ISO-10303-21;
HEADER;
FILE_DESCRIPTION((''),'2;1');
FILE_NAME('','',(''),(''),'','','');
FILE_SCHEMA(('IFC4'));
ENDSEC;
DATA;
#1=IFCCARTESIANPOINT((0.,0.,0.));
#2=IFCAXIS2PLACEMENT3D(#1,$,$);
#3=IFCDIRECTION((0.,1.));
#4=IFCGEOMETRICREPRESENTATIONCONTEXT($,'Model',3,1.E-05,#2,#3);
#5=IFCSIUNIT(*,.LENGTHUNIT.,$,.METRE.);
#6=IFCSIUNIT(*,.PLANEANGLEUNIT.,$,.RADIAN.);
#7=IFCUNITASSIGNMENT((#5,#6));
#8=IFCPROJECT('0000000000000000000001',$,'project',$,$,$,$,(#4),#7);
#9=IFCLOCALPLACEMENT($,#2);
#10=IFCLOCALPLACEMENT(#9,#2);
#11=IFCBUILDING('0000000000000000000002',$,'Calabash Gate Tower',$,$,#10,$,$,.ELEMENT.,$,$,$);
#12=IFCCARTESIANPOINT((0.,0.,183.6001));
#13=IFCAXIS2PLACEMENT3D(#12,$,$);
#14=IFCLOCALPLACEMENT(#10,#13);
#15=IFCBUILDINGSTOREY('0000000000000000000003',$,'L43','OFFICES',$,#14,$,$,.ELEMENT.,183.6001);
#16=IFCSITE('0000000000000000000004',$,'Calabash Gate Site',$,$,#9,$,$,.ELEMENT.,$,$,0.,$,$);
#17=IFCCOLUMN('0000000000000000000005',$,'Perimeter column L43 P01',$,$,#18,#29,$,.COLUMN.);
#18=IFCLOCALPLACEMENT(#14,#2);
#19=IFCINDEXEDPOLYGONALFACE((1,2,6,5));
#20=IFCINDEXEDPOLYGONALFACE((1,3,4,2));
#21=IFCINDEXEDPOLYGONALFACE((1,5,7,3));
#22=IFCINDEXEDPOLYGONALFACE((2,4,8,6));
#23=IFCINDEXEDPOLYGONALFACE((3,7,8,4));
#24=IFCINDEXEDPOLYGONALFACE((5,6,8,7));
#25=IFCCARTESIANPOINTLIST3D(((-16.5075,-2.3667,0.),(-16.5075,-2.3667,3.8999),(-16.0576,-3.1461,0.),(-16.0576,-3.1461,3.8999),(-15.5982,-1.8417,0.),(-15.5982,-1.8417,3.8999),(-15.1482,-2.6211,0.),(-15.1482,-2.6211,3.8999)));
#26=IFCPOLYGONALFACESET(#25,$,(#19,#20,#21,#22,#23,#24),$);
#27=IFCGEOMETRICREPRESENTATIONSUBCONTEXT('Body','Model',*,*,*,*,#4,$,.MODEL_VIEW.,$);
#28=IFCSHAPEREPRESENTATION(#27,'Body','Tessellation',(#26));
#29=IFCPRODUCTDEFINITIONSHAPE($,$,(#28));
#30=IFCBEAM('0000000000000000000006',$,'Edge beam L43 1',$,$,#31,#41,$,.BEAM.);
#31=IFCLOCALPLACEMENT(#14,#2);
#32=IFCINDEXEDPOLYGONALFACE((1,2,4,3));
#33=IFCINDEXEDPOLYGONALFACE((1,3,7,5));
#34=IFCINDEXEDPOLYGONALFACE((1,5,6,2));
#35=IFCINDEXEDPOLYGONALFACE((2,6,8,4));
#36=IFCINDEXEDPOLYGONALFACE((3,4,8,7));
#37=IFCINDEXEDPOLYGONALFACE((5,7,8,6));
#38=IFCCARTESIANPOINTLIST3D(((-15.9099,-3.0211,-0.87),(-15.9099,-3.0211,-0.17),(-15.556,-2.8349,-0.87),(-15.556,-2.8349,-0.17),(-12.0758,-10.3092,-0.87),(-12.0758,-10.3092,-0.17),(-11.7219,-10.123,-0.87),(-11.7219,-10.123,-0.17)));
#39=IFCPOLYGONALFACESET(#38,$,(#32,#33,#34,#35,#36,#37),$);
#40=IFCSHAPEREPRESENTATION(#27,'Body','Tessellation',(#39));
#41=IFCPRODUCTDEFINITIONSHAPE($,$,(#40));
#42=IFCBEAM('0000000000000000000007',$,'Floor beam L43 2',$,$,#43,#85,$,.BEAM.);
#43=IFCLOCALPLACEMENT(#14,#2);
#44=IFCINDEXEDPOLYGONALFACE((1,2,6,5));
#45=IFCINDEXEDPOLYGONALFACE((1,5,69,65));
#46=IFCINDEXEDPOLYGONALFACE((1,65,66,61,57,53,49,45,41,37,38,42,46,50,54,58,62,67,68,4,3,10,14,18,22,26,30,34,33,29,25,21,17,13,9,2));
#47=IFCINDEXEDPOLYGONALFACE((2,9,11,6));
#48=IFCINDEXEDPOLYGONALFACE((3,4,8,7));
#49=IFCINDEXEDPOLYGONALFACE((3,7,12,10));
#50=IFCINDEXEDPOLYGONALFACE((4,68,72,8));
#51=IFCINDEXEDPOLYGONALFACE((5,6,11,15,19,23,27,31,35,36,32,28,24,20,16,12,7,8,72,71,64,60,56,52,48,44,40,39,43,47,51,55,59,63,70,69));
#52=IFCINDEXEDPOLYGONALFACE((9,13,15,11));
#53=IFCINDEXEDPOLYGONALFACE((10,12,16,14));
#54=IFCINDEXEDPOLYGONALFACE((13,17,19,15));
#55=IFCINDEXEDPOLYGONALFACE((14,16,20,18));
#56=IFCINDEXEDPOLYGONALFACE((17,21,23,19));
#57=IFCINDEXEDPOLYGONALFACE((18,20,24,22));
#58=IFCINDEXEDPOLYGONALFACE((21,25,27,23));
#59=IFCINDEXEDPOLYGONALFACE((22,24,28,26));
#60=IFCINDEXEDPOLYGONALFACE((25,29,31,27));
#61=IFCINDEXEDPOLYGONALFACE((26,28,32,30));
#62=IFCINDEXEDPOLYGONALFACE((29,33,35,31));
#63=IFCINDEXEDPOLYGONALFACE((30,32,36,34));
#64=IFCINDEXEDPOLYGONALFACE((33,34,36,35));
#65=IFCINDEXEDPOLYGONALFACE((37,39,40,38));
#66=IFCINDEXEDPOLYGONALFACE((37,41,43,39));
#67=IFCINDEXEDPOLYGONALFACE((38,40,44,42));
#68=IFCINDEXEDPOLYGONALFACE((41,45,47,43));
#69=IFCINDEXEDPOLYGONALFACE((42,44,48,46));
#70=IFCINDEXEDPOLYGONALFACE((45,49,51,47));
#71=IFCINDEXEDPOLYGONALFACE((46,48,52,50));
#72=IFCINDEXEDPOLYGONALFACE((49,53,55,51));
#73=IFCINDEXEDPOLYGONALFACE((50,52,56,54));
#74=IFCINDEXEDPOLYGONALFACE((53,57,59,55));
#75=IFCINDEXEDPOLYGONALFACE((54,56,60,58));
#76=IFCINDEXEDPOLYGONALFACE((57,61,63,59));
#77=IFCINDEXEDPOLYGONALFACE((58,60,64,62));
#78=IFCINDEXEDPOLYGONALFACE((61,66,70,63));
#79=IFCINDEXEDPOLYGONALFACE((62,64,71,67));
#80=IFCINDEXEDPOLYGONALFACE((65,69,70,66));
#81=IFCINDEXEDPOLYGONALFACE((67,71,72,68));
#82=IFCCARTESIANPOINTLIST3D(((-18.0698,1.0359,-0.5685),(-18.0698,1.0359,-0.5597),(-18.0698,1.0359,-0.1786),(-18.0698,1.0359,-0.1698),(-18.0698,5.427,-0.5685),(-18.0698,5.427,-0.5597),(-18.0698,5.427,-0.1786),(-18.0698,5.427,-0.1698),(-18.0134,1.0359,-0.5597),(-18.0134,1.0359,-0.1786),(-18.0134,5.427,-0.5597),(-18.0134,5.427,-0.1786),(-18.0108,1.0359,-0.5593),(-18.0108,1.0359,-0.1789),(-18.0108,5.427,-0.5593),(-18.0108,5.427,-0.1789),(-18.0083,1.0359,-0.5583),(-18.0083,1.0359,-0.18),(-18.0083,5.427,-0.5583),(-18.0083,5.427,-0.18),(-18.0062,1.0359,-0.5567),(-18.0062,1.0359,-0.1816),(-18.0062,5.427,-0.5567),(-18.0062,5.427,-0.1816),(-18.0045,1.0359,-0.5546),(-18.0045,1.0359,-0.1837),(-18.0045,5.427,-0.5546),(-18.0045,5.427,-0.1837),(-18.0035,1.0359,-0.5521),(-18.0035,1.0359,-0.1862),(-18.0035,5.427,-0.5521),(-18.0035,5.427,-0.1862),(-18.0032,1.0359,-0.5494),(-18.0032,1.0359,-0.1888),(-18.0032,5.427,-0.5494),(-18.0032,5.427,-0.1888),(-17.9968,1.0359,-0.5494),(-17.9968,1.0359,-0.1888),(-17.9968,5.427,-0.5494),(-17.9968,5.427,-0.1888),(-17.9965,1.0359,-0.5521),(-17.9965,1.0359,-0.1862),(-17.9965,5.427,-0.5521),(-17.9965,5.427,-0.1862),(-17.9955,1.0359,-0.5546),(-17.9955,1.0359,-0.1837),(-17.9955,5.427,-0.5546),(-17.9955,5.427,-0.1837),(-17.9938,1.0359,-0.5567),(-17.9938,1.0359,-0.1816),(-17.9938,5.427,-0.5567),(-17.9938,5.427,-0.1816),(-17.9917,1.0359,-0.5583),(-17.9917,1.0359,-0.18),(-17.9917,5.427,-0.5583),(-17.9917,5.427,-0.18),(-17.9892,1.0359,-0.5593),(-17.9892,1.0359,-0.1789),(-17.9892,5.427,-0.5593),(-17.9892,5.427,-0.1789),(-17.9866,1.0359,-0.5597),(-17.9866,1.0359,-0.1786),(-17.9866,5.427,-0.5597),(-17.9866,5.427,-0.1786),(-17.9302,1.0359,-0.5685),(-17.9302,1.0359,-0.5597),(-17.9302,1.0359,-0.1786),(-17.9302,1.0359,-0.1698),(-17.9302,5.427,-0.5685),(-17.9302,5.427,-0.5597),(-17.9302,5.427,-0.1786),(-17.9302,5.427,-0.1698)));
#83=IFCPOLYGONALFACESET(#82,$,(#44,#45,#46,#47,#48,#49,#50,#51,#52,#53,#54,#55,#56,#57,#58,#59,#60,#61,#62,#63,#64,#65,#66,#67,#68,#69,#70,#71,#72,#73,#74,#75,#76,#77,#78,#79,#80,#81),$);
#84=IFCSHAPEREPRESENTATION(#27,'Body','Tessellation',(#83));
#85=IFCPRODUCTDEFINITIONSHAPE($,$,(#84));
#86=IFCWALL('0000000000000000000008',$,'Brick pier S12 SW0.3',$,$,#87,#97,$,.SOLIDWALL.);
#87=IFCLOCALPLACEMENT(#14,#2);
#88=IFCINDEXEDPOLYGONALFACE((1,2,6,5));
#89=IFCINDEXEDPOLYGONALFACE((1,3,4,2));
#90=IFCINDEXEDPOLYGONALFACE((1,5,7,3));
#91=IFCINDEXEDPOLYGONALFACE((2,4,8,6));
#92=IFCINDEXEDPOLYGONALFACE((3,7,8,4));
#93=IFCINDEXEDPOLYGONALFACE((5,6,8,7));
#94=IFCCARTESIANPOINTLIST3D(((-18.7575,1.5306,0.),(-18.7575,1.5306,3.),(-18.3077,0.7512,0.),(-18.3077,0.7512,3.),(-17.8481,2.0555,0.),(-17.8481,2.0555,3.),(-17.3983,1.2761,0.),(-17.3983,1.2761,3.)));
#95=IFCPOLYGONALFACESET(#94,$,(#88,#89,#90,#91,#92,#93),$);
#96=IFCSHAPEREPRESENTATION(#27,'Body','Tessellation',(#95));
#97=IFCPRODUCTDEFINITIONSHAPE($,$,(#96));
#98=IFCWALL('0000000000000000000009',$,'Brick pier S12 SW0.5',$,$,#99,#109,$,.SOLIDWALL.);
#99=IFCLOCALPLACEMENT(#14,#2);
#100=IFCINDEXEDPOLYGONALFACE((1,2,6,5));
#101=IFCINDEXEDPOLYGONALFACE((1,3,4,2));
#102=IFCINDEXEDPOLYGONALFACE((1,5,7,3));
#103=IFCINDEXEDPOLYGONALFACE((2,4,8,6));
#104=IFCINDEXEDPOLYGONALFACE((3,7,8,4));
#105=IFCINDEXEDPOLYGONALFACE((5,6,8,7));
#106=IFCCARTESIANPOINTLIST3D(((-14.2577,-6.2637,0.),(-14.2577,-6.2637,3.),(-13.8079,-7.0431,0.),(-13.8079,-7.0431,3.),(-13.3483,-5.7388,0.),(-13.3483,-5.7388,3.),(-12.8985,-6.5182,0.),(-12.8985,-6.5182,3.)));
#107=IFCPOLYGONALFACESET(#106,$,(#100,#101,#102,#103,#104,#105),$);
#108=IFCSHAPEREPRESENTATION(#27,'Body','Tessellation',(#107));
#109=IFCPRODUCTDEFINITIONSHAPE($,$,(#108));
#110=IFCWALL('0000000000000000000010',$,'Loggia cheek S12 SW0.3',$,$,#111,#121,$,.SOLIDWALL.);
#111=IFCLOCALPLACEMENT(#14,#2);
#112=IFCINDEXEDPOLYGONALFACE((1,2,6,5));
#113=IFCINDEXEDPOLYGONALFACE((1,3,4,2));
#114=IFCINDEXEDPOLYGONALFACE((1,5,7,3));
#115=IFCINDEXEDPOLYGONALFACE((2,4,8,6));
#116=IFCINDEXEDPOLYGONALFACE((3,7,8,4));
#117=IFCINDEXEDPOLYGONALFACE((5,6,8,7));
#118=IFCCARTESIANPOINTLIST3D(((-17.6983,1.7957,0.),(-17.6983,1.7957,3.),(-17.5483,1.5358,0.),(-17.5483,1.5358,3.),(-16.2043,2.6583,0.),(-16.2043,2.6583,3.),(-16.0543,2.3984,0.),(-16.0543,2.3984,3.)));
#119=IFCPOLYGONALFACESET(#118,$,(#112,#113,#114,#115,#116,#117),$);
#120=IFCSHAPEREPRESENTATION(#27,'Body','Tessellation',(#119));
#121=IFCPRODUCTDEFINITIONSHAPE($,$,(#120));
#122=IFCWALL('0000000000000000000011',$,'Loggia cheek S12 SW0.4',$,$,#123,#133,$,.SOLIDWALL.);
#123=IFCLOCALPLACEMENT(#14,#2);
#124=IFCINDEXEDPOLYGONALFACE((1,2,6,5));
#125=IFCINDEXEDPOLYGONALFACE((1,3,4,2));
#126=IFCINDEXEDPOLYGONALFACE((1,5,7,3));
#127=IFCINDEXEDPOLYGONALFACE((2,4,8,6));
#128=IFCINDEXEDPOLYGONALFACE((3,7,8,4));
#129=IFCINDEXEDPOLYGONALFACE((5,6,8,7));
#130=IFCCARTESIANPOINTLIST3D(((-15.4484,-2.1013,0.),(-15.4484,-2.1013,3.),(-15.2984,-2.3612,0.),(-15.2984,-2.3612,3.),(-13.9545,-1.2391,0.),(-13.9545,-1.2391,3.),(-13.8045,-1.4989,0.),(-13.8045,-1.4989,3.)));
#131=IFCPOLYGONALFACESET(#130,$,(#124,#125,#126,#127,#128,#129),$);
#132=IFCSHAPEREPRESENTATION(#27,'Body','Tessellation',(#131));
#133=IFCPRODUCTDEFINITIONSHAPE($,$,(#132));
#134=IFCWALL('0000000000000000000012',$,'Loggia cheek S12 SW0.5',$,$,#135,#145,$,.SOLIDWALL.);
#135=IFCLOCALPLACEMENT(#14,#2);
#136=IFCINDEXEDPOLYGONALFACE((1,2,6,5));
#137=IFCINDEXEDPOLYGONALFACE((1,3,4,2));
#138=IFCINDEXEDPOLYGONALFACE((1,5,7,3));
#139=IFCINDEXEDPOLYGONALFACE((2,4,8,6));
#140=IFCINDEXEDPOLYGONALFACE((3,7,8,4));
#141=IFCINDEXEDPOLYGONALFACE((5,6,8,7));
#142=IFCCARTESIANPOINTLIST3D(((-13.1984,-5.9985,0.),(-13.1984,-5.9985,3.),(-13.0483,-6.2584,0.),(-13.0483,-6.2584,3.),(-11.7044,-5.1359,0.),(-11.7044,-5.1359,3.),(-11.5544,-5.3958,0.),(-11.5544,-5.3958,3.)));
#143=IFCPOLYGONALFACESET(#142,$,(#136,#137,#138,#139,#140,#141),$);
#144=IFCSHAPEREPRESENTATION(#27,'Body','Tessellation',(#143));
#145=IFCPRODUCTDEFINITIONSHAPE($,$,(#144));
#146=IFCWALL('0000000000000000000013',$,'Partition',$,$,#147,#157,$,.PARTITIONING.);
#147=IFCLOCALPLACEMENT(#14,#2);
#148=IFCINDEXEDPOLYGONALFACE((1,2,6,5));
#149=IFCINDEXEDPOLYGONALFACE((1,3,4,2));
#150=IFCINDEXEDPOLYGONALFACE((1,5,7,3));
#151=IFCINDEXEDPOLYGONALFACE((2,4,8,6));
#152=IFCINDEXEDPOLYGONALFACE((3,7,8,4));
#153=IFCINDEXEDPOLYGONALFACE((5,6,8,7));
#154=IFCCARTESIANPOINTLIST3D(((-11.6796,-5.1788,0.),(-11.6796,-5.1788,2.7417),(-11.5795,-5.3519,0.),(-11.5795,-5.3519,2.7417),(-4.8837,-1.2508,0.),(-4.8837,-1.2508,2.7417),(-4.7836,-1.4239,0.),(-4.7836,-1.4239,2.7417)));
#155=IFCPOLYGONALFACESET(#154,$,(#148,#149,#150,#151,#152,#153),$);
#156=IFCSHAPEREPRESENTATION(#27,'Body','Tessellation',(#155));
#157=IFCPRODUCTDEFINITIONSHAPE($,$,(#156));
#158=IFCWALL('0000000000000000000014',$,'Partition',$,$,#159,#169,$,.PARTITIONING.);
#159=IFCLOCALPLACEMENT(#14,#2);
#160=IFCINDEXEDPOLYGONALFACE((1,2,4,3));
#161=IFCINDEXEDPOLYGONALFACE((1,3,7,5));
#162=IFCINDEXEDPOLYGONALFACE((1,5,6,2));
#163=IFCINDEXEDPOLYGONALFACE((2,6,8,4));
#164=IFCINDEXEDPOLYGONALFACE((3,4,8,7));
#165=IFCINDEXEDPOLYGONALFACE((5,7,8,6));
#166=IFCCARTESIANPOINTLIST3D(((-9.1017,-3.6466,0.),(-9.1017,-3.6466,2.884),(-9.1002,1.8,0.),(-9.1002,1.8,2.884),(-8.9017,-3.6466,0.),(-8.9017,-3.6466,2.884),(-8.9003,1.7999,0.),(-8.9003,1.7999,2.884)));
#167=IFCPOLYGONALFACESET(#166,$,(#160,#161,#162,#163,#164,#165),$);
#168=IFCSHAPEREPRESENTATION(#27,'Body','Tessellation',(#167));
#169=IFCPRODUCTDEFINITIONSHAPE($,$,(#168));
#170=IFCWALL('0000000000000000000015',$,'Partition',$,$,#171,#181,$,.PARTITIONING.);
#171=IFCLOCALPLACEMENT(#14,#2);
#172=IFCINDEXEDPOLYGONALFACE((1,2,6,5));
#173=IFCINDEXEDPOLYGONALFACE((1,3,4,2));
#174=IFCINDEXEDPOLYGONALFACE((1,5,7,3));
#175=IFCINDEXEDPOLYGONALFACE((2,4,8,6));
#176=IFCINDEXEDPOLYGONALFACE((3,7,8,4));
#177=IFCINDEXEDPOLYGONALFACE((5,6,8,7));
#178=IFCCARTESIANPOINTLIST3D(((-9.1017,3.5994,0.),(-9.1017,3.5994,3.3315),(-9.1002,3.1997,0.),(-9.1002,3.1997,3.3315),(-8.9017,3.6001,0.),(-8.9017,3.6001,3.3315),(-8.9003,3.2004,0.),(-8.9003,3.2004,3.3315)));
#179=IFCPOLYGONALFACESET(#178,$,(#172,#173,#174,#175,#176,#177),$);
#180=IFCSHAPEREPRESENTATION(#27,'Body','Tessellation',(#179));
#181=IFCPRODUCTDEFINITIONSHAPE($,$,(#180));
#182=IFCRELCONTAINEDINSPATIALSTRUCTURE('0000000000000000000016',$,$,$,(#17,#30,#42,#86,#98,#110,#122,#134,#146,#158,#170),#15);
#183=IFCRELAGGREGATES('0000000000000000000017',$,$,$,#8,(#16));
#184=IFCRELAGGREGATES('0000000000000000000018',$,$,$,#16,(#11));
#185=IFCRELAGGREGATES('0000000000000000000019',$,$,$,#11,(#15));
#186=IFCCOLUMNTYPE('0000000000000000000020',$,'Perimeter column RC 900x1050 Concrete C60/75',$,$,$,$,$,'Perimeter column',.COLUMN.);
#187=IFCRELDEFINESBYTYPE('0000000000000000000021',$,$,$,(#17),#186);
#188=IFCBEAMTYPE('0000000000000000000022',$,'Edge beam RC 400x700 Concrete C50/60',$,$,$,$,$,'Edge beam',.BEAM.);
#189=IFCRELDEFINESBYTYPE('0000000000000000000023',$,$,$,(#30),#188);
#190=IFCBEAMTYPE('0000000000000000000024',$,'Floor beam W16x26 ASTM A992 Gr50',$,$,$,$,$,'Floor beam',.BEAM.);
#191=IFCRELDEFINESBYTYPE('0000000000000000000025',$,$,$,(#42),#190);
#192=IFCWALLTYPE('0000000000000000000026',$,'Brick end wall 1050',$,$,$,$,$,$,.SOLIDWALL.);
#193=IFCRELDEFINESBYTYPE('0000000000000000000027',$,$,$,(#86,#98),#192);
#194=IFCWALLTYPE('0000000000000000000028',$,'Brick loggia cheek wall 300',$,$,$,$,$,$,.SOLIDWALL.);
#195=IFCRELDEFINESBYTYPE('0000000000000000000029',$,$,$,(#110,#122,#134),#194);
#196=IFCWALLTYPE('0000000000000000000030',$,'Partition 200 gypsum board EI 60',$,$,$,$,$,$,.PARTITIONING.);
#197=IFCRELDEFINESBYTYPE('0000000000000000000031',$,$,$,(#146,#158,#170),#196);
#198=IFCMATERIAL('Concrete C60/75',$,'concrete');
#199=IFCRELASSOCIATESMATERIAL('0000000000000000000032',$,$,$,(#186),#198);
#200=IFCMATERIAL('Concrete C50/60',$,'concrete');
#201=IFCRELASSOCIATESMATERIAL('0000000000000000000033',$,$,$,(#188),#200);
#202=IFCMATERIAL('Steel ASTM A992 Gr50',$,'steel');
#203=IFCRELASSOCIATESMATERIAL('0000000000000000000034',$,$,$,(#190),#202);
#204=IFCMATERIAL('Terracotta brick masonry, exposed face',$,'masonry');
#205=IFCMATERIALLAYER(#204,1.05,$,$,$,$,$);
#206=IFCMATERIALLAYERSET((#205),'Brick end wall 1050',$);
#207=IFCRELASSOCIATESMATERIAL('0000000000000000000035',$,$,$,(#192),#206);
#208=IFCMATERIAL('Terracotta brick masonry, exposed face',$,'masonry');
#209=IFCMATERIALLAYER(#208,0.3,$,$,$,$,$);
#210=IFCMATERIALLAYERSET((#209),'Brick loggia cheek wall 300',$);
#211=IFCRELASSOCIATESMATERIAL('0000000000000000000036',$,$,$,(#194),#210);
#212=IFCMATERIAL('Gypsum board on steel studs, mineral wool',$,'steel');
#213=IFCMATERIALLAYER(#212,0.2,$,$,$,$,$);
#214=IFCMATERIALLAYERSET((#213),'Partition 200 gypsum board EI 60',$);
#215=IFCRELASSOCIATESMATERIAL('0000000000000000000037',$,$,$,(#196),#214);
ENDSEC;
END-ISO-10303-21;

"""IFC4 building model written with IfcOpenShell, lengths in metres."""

from ifc_helpers import new_model, si_unit, direction, frame, frame_2d, origin, origin_2d, place, context, subcontext, project, spatial, rectangle, i_section, extrude, material, layer, layer_set, material_profile, profile_set, type_object, element, save


model = new_model("IFC4")

# Units and contexts
model_context = context("Model", 3, precision=1e-05, world=origin(), true_north=direction((0.0, 1.0)))
body_context = subcontext(model_context, "Body", "Model", "MODEL_VIEW")
ifc_project = project(units=[si_unit("LENGTHUNIT", "METRE"), si_unit("PLANEANGLEUNIT", "RADIAN")], contexts=[model_context])

# Site, building, storey
site_placement = place(None, origin())
site = spatial("IfcSite", under=ifc_project, at=site_placement, Name="Calabash Gate Site", CompositionType="ELEMENT", RefElevation=0.0)
building_placement = place(site_placement, origin())
building = spatial("IfcBuilding", under=site, at=building_placement, Name="Calabash Gate Tower", CompositionType="ELEMENT")
storey_placement = place(building_placement, frame((0.0, 0.0, 183.6001)))
storey = spatial("IfcBuildingStorey", under=building, at=storey_placement, Name="L43", Description="OFFICES", CompositionType="ELEMENT", Elevation=183.6001)

# Column
ifc_material_1 = material(Name="Concrete C60/75", Category="concrete")
ifc_material_profile_1 = material_profile(ifc_material_1, rectangle(XDim=0.8999, YDim=1.05, at=origin_2d()))
ifc_profile_set_1 = profile_set([ifc_material_profile_1], Name="Concrete C60/75")
column_type = type_object("IfcColumnType", Name="Perimeter column RC 900x1050 Concrete C60/75", ElementType="Perimeter column", PredefinedType="COLUMN", material=ifc_profile_set_1)
column_placement = place(storey_placement, frame((-15.8279, -2.4939, 0.0), z_axis=(0.0, 0.0, 1.0), x_axis=(0.5, -0.866025, 0.0)))
element("IfcColumn", 1, at=column_placement, inside=storey, type_object=column_type, Name="Perimeter column L43 P01", PredefinedType="COLUMN", context=body_context, shape_type="SweptSolid", body=[
    extrude(rectangle(XDim=0.8999, YDim=1.05, at=origin_2d()), origin(), (0.0, 0.0, 1.0), 3.8999),
])

# Beams
ifc_material_2 = material(Name="Concrete C50/60", Category="concrete")
ifc_material_profile_2 = material_profile(ifc_material_2, rectangle(XDim=0.3999, YDim=0.7, at=origin_2d()))
ifc_profile_set_2 = profile_set([ifc_material_profile_2], Name="Concrete C50/60")
beam_type_1 = type_object("IfcBeamType", Name="Edge beam RC 400x700 Concrete C50/60", ElementType="Edge beam", PredefinedType="BEAM", material=ifc_profile_set_2)
beam_1_placement = place(storey_placement, frame((-15.7329, -2.928, -0.52), z_axis=(0.46557, -0.885011, 0.0), x_axis=(0.885011, 0.46557, 0.0)))
element("IfcBeam", 2, at=beam_1_placement, inside=storey, type_object=beam_type_1, Name="Edge beam L43 1", PredefinedType="BEAM", context=body_context, shape_type="SweptSolid", body=[
    extrude(rectangle(XDim=0.3999, YDim=0.7, at=origin_2d()), origin(), (0.0, 0.0, 1.0), 8.2351),
])
ifc_material_3 = material(Name="Steel ASTM A992 Gr50", Category="steel")
ifc_material_profile_3 = material_profile(ifc_material_3, i_section(OverallWidth=0.1396, OverallDepth=0.3987, WebThickness=0.0063, FlangeThickness=0.0088, FilletRadius=0.0103, at=origin_2d()))
ifc_profile_set_3 = profile_set([ifc_material_profile_3], Name="Steel ASTM A992 Gr50")
beam_type_2 = type_object("IfcBeamType", Name="Floor beam W16x26 ASTM A992 Gr50", ElementType="Floor beam", PredefinedType="BEAM", material=ifc_profile_set_3)
beam_2_placement = place(storey_placement, frame((-18.0, 1.0359, -0.3691), z_axis=(0.0, 1.0, 0.0), x_axis=(-1.0, 0.0, 0.0)))
element("IfcBeam", 3, at=beam_2_placement, inside=storey, type_object=beam_type_2, Name="Floor beam L43 2", PredefinedType="BEAM", context=body_context, shape_type="SweptSolid", body=[
    extrude(i_section(OverallWidth=0.1396, OverallDepth=0.3987, WebThickness=0.0063, FlangeThickness=0.0088, FilletRadius=0.0103, at=origin_2d()), origin(), (0.0, 0.0, 1.0), 4.3911),
])

# Walls
ifc_material_4 = material(Name="Terracotta brick masonry, exposed face", Category="masonry")
ifc_layer_1 = layer(ifc_material_4, 1.05)
ifc_layer_set_1 = layer_set([ifc_layer_1], Name="Brick end wall 1050")
wall_type_1 = type_object("IfcWallType", Name="Brick end wall 1050", PredefinedType="SOLIDWALL", material=ifc_layer_set_1)
for number, where, z_axis, x_axis, name in (
    (4, (-17.6233, 1.6658, 0.0), (0.0, 0.0, 1.0), (-0.866089, -0.49989, 0.0), "Brick pier S12 SW0.3"),
    (5, (-14.0327, -6.6533, 0.0), (0.0, 0.0, 1.0), (0.866089, 0.49989, 0.0), "Brick pier S12 SW0.5"),
):
    element("IfcWall", number, at=place(storey_placement, frame(where, z_axis=z_axis, x_axis=x_axis)), inside=storey, type_object=wall_type_1, Name=name, PredefinedType="SOLIDWALL", context=body_context, shape_type="SweptSolid", body=[
        extrude(rectangle(XDim=1.05, YDim=0.8999, at=frame_2d((0.5249, 0.0))), origin(), (0.0, 0.0, 1.0), 3.0),
    ])
ifc_material_5 = material(Name="Terracotta brick masonry, exposed face", Category="masonry")
ifc_layer_2 = layer(ifc_material_5, 0.3)
ifc_layer_set_2 = layer_set([ifc_layer_2], Name="Brick loggia cheek wall 300")
wall_type_2 = type_object("IfcWallType", Name="Brick loggia cheek wall 300", PredefinedType="SOLIDWALL", material=ifc_layer_set_2)
wall_1_placement = place(storey_placement, frame((-17.6233, 1.6658, 0.0), z_axis=(0.0, 0.0, 1.0), x_axis=(0.866014, 0.500021, 0.0)))
element("IfcWall", 6, at=wall_1_placement, inside=storey, type_object=wall_type_2, Name="Loggia cheek S12 SW0.3", PredefinedType="SOLIDWALL", context=body_context, shape_type="SweptSolid", body=[
    extrude(rectangle(XDim=1.7251, YDim=0.3, at=frame_2d((0.8625, 0.0))), origin(), (0.0, 0.0, 1.0), 3.0),
])
wall_2_placement = place(storey_placement, frame((-15.3733, -2.2312, 0.0), z_axis=(0.0, 0.0, 1.0), x_axis=(0.866075, 0.499914, 0.0)))
element("IfcWall", 7, at=wall_2_placement, inside=storey, type_object=wall_type_2, Name="Loggia cheek S12 SW0.4", PredefinedType="SOLIDWALL", context=body_context, shape_type="SweptSolid", body=[
    extrude(rectangle(XDim=1.7249, YDim=0.3, at=frame_2d((0.8623, 0.0))), origin(), (0.0, 0.0, 1.0), 3.0),
])
wall_3_placement = place(storey_placement, frame((-11.6294, -5.2659, 0.0), z_axis=(0.0, 0.0, 1.0), x_axis=(-0.866014, -0.500021, 0.0)))
element("IfcWall", 8, at=wall_3_placement, inside=storey, type_object=wall_type_2, Name="Loggia cheek S12 SW0.5", PredefinedType="SOLIDWALL", context=body_context, shape_type="SweptSolid", body=[
    extrude(rectangle(XDim=1.7251, YDim=0.3, at=frame_2d((0.8625, 0.0))), origin(), (0.0, 0.0, 1.0), 3.0),
])
ifc_material_6 = material(Name="Gypsum board on steel studs, mineral wool", Category="steel")
ifc_layer_3 = layer(ifc_material_6, 0.2)
ifc_layer_set_3 = layer_set([ifc_layer_3], Name="Partition 200 gypsum board EI 60")
wall_type_3 = type_object("IfcWallType", Name="Partition 200 gypsum board EI 60", PredefinedType="PARTITIONING", material=ifc_layer_set_3)
wall_4_placement = place(storey_placement, frame((-11.6296, -5.2654, 0.0), z_axis=(0.0, 0.0, 1.0), x_axis=(0.865785, 0.500417, 0.0)))
element("IfcWall", 9, at=wall_4_placement, inside=storey, type_object=wall_type_3, Name="Partition", PredefinedType="PARTITIONING", context=body_context, shape_type="SweptSolid", body=[
    extrude(rectangle(XDim=7.8494, YDim=0.2, at=frame_2d((3.9248, 0.0))), origin(), (0.0, 0.0, 1.0), 2.7417),
])
wall_5_placement = place(storey_placement, frame((-9.0017, -3.6465, 0.0), z_axis=(0.0, 0.0, 1.0), x_axis=(0.000269, 1.0, 0.0)))
element("IfcWall", 10, at=wall_5_placement, inside=storey, type_object=wall_type_3, Name="Partition", PredefinedType="PARTITIONING", context=body_context, shape_type="SweptSolid", body=[
    extrude(rectangle(XDim=5.4465, YDim=0.2, at=frame_2d((2.7231, 0.0))), origin(), (0.0, 0.0, 1.0), 2.884),
])
wall_6_placement = place(storey_placement, frame((-9.0017, 3.5996, 0.0), z_axis=(0.0, 0.0, 1.0), x_axis=(0.003665, -0.999993, 0.0)))
element("IfcWall", 11, at=wall_6_placement, inside=storey, type_object=wall_type_3, Name="Partition", PredefinedType="PARTITIONING", context=body_context, shape_type="SweptSolid", body=[
    extrude(rectangle(XDim=0.3997, YDim=0.2, at=frame_2d((0.1997, 0.0))), origin(), (0.0, 0.0, 1.0), 3.3315),
])

save(model, "model.ifc")
